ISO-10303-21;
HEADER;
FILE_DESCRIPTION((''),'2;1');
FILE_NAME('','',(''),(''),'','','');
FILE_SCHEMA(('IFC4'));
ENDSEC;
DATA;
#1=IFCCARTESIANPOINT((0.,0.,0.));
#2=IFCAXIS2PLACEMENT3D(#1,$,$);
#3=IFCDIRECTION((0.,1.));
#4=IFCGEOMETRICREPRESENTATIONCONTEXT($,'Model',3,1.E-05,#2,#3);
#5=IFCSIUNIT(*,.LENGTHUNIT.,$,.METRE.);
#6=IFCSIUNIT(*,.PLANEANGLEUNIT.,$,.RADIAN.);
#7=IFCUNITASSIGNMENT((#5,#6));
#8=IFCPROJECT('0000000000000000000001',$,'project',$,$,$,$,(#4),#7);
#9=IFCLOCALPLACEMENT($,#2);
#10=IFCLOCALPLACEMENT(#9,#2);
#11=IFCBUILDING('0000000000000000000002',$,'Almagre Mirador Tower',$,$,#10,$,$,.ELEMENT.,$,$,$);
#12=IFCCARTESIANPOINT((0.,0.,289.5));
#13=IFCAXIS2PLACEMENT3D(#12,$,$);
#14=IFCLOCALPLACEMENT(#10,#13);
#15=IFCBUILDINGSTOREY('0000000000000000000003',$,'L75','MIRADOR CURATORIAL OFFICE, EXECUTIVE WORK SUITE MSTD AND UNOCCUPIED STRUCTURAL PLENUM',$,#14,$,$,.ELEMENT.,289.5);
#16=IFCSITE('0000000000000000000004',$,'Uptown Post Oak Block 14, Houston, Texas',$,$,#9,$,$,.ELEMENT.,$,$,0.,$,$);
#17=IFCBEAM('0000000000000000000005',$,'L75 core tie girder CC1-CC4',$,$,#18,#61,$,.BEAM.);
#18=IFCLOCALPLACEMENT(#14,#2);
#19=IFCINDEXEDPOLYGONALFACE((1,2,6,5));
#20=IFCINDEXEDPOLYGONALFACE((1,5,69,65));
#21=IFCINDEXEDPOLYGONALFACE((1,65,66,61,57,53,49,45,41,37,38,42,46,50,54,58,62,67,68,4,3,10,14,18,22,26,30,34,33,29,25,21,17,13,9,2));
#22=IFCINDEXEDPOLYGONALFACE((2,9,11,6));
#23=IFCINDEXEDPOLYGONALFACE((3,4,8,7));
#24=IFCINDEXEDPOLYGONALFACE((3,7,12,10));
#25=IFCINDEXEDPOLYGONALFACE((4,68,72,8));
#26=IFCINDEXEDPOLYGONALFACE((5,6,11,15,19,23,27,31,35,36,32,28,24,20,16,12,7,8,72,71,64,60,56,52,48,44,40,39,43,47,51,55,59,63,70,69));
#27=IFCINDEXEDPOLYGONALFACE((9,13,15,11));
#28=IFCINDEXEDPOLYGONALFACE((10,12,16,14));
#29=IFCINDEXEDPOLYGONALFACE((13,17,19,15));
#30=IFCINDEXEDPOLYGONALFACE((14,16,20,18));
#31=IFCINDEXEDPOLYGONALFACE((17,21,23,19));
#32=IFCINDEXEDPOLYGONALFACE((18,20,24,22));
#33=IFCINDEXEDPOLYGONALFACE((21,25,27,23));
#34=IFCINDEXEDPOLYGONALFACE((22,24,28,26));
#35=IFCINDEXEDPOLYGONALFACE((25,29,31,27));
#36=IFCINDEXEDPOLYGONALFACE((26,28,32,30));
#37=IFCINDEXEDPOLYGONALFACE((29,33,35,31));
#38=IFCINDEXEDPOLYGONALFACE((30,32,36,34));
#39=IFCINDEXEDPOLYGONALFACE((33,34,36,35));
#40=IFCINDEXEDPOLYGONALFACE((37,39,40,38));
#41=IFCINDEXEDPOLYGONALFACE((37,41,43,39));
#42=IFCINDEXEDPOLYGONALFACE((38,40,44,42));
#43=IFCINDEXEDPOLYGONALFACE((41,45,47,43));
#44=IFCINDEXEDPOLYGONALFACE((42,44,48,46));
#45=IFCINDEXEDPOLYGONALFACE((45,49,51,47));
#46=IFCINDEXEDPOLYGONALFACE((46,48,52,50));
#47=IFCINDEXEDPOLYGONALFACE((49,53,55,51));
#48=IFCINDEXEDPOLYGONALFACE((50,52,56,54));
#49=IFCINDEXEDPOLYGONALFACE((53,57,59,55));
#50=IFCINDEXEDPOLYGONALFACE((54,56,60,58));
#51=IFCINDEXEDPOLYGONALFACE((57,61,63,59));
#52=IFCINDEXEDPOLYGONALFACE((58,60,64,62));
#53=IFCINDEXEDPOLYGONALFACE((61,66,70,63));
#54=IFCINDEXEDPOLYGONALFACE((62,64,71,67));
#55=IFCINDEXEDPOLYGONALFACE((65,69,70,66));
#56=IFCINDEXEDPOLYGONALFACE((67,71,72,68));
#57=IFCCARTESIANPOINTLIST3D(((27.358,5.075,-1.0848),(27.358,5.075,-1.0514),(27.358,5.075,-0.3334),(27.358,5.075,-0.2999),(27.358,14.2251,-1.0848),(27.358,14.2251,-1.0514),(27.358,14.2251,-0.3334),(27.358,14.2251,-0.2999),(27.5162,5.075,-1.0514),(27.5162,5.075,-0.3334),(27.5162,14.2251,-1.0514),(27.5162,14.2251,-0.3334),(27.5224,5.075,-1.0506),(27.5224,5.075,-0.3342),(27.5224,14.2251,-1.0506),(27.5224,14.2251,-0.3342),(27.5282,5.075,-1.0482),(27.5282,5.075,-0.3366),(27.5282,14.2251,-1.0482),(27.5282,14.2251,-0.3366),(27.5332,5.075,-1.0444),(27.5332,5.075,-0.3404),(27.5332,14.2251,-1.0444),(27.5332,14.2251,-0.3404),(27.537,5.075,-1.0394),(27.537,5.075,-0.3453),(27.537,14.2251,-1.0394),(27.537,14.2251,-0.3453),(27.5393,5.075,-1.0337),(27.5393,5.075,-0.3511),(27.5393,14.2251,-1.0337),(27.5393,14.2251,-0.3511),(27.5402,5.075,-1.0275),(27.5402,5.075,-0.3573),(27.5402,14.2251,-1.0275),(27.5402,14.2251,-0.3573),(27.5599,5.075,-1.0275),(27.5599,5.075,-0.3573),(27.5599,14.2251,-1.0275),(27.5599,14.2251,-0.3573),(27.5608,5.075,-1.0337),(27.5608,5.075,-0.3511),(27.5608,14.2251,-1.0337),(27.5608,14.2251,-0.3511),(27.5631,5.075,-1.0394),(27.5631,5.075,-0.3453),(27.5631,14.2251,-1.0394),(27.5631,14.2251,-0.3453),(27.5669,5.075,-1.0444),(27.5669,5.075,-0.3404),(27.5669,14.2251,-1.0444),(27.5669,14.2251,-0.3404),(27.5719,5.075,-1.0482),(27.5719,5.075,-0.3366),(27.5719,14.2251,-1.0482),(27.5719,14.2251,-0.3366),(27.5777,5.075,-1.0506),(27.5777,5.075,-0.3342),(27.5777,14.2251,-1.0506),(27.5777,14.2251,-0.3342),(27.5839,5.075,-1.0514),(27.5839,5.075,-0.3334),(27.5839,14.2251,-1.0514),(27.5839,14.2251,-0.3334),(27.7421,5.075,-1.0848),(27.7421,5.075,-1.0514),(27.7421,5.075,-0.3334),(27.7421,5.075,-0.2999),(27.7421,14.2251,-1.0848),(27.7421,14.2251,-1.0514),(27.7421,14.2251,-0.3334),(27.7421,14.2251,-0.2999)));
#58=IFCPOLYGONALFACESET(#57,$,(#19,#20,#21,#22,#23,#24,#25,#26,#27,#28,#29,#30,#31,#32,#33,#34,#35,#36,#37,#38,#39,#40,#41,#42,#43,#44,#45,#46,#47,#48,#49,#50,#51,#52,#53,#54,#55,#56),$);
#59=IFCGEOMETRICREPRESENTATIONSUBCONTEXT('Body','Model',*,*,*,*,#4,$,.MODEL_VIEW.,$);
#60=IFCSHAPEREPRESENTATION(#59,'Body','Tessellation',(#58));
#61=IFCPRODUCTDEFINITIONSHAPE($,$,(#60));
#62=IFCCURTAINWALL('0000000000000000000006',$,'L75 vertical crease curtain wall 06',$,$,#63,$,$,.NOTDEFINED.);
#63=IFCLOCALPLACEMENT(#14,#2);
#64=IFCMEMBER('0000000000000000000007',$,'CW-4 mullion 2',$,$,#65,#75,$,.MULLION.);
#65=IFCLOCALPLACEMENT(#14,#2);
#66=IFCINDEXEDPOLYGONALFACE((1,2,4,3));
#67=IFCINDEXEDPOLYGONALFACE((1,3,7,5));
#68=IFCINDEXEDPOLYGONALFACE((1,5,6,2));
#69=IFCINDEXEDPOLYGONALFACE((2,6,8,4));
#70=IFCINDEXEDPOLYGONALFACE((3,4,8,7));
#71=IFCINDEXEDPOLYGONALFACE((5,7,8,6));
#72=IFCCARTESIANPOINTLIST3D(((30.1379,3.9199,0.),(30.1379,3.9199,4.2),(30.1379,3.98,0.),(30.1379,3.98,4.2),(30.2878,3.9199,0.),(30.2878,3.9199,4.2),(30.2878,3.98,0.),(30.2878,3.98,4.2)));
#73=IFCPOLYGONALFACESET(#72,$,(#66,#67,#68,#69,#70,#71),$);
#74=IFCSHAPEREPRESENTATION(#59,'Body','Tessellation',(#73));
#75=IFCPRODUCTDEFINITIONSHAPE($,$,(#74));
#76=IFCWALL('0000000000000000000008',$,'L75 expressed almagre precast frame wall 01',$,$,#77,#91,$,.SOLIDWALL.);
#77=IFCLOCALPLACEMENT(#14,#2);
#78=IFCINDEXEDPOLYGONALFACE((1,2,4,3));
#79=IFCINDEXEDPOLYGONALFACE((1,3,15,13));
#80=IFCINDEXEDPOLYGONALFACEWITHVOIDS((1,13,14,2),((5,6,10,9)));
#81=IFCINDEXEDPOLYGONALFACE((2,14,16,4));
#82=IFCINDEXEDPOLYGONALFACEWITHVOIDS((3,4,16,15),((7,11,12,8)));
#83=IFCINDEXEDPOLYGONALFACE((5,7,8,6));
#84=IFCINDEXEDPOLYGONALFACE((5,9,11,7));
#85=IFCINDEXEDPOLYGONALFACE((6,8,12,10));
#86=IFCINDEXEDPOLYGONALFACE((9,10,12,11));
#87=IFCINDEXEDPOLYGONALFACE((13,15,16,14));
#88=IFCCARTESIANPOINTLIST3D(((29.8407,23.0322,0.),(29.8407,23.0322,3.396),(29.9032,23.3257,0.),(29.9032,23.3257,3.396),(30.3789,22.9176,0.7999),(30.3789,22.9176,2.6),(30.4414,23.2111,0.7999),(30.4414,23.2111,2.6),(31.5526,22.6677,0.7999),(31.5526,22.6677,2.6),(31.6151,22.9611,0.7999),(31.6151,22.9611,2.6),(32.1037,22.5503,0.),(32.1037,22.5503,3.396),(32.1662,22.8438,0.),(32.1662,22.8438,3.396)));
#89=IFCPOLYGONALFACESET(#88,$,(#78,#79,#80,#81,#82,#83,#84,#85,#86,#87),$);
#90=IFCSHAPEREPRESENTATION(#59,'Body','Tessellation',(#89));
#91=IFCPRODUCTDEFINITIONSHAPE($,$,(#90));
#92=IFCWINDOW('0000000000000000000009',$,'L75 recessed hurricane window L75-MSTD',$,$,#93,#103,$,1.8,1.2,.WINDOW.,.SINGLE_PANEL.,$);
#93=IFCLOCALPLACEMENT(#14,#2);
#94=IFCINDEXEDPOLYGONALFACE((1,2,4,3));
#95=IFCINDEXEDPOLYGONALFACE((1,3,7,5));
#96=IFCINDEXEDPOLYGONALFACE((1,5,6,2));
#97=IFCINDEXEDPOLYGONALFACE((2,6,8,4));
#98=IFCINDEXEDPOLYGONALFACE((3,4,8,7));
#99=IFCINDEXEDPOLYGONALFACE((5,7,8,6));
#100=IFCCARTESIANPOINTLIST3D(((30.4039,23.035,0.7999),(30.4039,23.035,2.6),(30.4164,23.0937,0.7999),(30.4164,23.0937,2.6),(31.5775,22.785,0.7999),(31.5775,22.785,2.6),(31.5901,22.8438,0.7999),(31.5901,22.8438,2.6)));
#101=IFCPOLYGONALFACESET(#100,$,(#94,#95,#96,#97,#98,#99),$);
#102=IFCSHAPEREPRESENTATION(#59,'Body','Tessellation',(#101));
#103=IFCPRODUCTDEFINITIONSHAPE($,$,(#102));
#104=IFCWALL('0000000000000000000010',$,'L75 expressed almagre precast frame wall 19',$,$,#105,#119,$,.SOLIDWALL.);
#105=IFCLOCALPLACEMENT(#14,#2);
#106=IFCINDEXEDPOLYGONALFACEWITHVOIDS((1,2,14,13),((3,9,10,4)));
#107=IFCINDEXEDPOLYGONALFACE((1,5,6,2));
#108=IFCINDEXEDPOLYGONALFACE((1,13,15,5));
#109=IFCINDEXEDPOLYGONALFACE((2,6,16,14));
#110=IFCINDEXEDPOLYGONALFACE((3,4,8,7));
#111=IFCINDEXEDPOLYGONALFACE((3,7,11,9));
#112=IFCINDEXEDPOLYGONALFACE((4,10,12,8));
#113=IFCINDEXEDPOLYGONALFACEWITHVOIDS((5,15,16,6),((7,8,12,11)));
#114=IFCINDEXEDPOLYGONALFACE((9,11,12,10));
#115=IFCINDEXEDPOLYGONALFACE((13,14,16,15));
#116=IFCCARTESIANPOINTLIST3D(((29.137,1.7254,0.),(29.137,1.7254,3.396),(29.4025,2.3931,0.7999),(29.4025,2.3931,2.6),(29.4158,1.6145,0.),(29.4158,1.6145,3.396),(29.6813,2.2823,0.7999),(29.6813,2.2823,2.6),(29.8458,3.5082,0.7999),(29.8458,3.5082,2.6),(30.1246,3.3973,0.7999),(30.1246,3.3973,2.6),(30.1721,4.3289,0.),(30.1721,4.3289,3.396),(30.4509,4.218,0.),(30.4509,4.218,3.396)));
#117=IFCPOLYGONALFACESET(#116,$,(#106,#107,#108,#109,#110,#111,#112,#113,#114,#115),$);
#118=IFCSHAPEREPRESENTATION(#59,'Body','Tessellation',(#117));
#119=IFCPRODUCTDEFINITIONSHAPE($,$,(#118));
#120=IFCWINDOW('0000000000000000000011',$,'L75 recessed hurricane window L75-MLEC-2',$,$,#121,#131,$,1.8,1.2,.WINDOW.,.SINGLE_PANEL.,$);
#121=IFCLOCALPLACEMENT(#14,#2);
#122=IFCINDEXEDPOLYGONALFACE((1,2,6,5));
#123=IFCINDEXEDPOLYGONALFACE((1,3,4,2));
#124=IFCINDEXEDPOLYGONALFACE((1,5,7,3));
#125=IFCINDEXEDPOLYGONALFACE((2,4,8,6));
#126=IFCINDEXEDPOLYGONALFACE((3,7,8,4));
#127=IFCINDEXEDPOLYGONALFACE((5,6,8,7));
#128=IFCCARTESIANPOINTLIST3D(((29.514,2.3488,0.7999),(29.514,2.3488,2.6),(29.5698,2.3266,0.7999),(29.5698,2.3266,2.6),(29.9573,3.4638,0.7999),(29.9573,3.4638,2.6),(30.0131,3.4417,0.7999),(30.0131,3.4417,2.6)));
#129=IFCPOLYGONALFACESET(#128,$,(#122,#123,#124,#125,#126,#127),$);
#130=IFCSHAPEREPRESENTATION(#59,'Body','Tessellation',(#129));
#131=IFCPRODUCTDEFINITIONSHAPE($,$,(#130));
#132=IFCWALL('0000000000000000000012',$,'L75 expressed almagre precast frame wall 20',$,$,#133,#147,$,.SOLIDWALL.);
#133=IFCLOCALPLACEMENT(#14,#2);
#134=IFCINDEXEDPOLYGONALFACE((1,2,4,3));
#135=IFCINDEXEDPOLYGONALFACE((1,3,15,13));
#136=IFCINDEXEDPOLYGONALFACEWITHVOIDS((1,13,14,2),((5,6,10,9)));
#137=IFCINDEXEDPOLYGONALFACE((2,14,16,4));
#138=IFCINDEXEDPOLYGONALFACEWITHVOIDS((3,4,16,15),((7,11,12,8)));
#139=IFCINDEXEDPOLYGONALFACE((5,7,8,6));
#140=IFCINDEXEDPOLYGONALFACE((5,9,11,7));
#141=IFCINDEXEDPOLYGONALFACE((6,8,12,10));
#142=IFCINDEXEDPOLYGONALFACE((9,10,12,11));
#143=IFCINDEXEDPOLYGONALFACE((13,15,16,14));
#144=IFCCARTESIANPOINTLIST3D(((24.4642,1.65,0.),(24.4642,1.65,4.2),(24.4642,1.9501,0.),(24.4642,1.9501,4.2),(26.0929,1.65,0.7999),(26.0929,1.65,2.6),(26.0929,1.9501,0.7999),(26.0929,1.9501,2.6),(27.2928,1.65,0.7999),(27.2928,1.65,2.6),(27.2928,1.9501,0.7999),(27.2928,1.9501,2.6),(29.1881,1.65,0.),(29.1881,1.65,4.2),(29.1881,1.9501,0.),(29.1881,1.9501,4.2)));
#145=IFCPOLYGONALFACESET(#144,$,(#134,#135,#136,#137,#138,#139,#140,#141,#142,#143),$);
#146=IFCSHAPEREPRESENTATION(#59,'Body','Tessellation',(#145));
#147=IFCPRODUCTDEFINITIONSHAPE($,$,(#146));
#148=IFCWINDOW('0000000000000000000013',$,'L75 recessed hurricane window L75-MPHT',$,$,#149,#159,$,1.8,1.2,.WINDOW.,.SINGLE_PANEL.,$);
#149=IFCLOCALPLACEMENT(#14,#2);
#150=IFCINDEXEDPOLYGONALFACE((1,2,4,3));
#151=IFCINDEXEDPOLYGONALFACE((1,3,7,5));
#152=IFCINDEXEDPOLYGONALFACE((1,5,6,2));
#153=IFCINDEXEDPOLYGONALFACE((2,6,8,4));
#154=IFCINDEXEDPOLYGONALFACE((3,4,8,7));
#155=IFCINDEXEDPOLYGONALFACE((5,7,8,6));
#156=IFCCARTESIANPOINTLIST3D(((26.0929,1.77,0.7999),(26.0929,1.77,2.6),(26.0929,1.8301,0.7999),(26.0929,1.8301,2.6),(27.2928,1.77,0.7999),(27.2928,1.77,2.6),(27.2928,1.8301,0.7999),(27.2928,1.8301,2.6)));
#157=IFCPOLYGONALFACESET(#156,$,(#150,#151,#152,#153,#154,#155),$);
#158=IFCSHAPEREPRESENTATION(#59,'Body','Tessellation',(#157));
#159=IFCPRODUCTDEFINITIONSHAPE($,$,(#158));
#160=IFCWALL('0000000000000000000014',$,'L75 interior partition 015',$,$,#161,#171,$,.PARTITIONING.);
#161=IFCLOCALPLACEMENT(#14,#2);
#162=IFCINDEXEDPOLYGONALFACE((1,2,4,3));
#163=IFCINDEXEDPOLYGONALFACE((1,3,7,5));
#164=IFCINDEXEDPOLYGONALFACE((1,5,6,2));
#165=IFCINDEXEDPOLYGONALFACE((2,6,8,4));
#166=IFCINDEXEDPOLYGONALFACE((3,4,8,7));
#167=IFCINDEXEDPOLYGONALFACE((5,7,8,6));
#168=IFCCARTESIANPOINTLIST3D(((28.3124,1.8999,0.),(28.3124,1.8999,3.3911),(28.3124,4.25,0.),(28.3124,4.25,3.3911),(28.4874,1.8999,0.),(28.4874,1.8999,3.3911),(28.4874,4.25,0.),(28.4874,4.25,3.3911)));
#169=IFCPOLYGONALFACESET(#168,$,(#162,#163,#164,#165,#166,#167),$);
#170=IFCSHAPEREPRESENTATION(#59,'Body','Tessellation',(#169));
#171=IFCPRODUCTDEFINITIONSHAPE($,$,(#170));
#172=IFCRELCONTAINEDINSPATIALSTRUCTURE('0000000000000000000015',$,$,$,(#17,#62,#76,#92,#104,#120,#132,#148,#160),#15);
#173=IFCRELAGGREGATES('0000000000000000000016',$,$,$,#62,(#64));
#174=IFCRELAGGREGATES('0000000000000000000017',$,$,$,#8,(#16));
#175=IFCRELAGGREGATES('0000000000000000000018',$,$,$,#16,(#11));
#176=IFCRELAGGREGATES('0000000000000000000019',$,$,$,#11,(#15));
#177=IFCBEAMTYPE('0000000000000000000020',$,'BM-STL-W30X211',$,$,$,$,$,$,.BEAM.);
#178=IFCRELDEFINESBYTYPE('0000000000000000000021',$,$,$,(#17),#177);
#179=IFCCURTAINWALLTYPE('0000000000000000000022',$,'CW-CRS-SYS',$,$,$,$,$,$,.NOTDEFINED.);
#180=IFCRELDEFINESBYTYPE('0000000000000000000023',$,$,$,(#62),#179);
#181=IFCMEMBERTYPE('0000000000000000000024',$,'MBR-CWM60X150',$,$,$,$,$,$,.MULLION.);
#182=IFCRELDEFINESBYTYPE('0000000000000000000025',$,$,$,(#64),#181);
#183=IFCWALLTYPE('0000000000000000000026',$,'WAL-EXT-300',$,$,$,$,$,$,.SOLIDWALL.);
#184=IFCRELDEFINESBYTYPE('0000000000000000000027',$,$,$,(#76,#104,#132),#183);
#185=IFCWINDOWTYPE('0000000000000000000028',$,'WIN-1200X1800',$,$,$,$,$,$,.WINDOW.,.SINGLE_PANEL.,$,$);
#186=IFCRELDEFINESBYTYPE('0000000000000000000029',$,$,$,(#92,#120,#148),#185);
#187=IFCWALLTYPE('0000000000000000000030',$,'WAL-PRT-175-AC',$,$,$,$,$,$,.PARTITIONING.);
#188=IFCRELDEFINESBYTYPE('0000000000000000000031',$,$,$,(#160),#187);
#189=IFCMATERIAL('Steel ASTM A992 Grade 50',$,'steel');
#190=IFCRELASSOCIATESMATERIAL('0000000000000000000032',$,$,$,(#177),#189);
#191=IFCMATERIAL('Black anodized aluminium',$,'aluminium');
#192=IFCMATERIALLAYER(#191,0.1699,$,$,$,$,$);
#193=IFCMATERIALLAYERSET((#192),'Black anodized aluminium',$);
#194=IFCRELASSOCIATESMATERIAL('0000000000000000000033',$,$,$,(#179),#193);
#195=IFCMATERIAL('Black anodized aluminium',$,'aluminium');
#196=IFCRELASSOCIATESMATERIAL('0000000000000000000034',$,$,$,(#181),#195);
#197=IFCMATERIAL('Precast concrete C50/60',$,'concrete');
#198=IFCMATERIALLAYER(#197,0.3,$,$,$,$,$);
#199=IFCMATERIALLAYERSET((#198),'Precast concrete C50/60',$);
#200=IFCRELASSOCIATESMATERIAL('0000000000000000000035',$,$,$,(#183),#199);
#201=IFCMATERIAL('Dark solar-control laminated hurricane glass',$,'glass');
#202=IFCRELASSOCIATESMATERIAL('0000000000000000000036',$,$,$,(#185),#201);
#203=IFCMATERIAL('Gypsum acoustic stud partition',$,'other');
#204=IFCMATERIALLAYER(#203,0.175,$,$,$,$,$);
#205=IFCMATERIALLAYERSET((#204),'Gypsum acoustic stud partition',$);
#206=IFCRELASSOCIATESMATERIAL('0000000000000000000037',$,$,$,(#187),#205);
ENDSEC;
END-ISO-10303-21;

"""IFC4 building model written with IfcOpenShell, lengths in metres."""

from ifc_helpers import new_model, si_unit, direction, frame, frame_2d, origin, origin_2d, place, context, subcontext, project, spatial, rectangle, i_section, extrude, material, layer, layer_set, material_profile, profile_set, type_object, element, fill, aggregate, save


model = new_model("IFC4")

# Units and contexts
model_context = context("Model", 3, precision=1e-05, world=origin(), true_north=direction((0.0, 1.0)))
body_context = subcontext(model_context, "Body", "Model", "MODEL_VIEW")
ifc_project = project(units=[si_unit("LENGTHUNIT", "METRE"), si_unit("PLANEANGLEUNIT", "RADIAN")], contexts=[model_context])

# Site, building, storey
site_placement = place(None, origin())
site = spatial("IfcSite", under=ifc_project, at=site_placement, Name="Uptown Post Oak Block 14, Houston, Texas", CompositionType="ELEMENT", RefElevation=0.0)
building_placement = place(site_placement, origin())
building = spatial("IfcBuilding", under=site, at=building_placement, Name="Almagre Mirador Tower", CompositionType="ELEMENT")
storey_placement = place(building_placement, frame((0.0, 0.0, 289.5)))
storey = spatial("IfcBuildingStorey", under=building, at=storey_placement, Name="L75", Description="MIRADOR CURATORIAL OFFICE, EXECUTIVE WORK SUITE MSTD AND UNOCCUPIED STRUCTURAL PLENUM", CompositionType="ELEMENT", Elevation=289.5)

# Beam
ifc_material_1 = material(Name="Steel ASTM A992 Grade 50", Category="steel")
ifc_material_profile_1 = material_profile(ifc_material_1, i_section(OverallWidth=0.384, OverallDepth=0.7849, WebThickness=0.0198, FlangeThickness=0.0334, FilletRadius=0.0239, at=origin_2d()), Name="W30X211")
ifc_profile_set_1 = profile_set([ifc_material_profile_1], Name="Steel ASTM A992 Grade 50")
beam_type_1 = type_object("IfcBeamType", Name="BM-STL-W30X211", PredefinedType="BEAM", material=ifc_profile_set_1)
beam_1_placement = place(storey_placement, frame((27.55, 5.075, -0.6924), z_axis=(0.0, 1.0, 0.0), x_axis=(-1.0, 0.0, 0.0)))
element("IfcBeam", 1, at=beam_1_placement, inside=storey, type_object=beam_type_1, Name="L75 core tie girder CC1-CC4", PredefinedType="BEAM", context=body_context, shape_type="SweptSolid", body=[
    extrude(i_section(OverallWidth=0.384, OverallDepth=0.7849, WebThickness=0.0198, FlangeThickness=0.0334, FilletRadius=0.0239, at=origin_2d()), origin(), (0.0, 0.0, 1.0), 9.1501),
])

# Curtain wall, member
ifc_material_2 = material(Name="Black anodized aluminium", Category="aluminium")
ifc_layer_1 = layer(ifc_material_2, 0.1699)
ifc_layer_set_1 = layer_set([ifc_layer_1], Name="Black anodized aluminium")
curtain_wall_type = type_object("IfcCurtainWallType", Name="CW-CRS-SYS", PredefinedType="NOTDEFINED", material=ifc_layer_set_1)
curtain_wall_placement = place(storey_placement, origin())
curtain_wall = element("IfcCurtainWall", 2, at=curtain_wall_placement, inside=storey, type_object=curtain_wall_type, Name="L75 vertical crease curtain wall 06", PredefinedType="NOTDEFINED")
ifc_material_3 = material(Name="Black anodized aluminium", Category="aluminium")
ifc_material_profile_2 = material_profile(ifc_material_3, rectangle(XDim=0.0601, YDim=0.1499, at=origin_2d()), Name="CWM60X150")
ifc_profile_set_2 = profile_set([ifc_material_profile_2], Name="Black anodized aluminium")
member_type = type_object("IfcMemberType", Name="MBR-CWM60X150", PredefinedType="MULLION", material=ifc_profile_set_2)
member_placement = place(storey_placement, frame((30.2129, 3.95, 0.0), z_axis=(0.0, 0.0, 1.0), x_axis=(0.0, -1.0, 0.0)))
member = element("IfcMember", 3, at=member_placement, type_object=member_type, Name="CW-4 mullion 2", PredefinedType="MULLION", context=body_context, shape_type="SweptSolid", body=[
    extrude(rectangle(XDim=0.0601, YDim=0.1499, at=origin_2d()), origin(), (0.0, 0.0, 1.0), 4.2),
])
aggregate(curtain_wall, [member])

# Walls, openings, windows
ifc_material_4 = material(Name="Precast concrete C50/60", Category="concrete")
ifc_layer_2 = layer(ifc_material_4, 0.3)
ifc_layer_set_2 = layer_set([ifc_layer_2], Name="Precast concrete C50/60")
wall_type_1 = type_object("IfcWallType", Name="WAL-EXT-300", PredefinedType="SOLIDWALL", material=ifc_layer_set_2)
wall_1_placement = place(storey_placement, frame((29.8721, 23.179, 0.0), z_axis=(0.0, 0.0, 1.0), x_axis=(0.978066, -0.208297, 0.0)))
wall_1 = element("IfcWall", 4, at=wall_1_placement, inside=storey, type_object=wall_type_1, Name="L75 expressed almagre precast frame wall 01", PredefinedType="SOLIDWALL", context=body_context, shape_type="SweptSolid", body=[
    extrude(rectangle(XDim=2.3137, YDim=0.3, at=frame_2d((1.1567, 0.0))), origin(), (0.0, 0.0, 1.0), 3.396),
])
opening_1_placement = place(wall_1_placement, frame((0.55, 0.0, 0.8)))
opening_1 = element("IfcOpeningElement", 5, at=opening_1_placement, cuts=wall_1, PredefinedType="OPENING", context=body_context, shape_type="SweptSolid", body=[
    extrude(rectangle(XDim=1.2, YDim=1.8, at=frame_2d((0.6001, 0.8999))), frame((0.0, 0.1599, 0.0), z_axis=(0.0, -1.0, 0.0), x_axis=(1.0, 0.0, 0.0)), (0.0, 0.0, 1.0), 0.32),
])
ifc_material_5 = material(Name="Dark solar-control laminated hurricane glass", Category="glass")
window_type = type_object("IfcWindowType", Name="WIN-1200X1800", PartitioningType="SINGLE_PANEL", PredefinedType="WINDOW", material=ifc_material_5)
window_1_placement = place(opening_1_placement, origin())
window_1 = element("IfcWindow", 6, at=window_1_placement, inside=storey, type_object=window_type, Name="L75 recessed hurricane window L75-MSTD", OverallHeight=1.8, OverallWidth=1.2, PartitioningType="SINGLE_PANEL", PredefinedType="WINDOW", context=body_context, shape_type="SweptSolid", body=[
    extrude(rectangle(XDim=1.2, YDim=1.8, at=frame_2d((0.6001, 0.8999))), frame((0.0, 0.03, 0.0), z_axis=(0.0, -1.0, 0.0), x_axis=(1.0, 0.0, 0.0)), (0.0, 0.0, 1.0), 0.0601),
])
fill(opening_1, window_1)
wall_2_placement = place(storey_placement, frame((30.3115, 4.2734, 0.0), z_axis=(0.0, 0.0, 1.0), x_axis=(-0.369467, -0.929244, 0.0)))
wall_2 = element("IfcWall", 7, at=wall_2_placement, inside=storey, type_object=wall_type_1, Name="L75 expressed almagre precast frame wall 19", PredefinedType="SOLIDWALL", context=body_context, shape_type="SweptSolid", body=[
    extrude(rectangle(XDim=2.8018, YDim=0.3, at=frame_2d((1.4009, 0.0))), origin(), (0.0, 0.0, 1.0), 3.396),
])
opening_2_placement = place(wall_2_placement, frame((0.8831, 0.0, 0.8)))
opening_2 = element("IfcOpeningElement", 8, at=opening_2_placement, cuts=wall_2, PredefinedType="OPENING", context=body_context, shape_type="SweptSolid", body=[
    extrude(rectangle(XDim=1.2, YDim=1.8, at=frame_2d((0.6001, 0.8999))), frame((0.0, 0.1599, 0.0), z_axis=(0.0, -1.0, 0.0), x_axis=(1.0, 0.0, 0.0)), (0.0, 0.0, 1.0), 0.32),
])
window_2_placement = place(opening_2_placement, origin())
window_2 = element("IfcWindow", 9, at=window_2_placement, inside=storey, type_object=window_type, Name="L75 recessed hurricane window L75-MLEC-2", OverallHeight=1.8, OverallWidth=1.2, PartitioningType="SINGLE_PANEL", PredefinedType="WINDOW", context=body_context, shape_type="SweptSolid", body=[
    extrude(rectangle(XDim=1.2, YDim=1.8, at=frame_2d((0.6001, 0.8999))), frame((0.0, 0.03, 0.0), z_axis=(0.0, -1.0, 0.0), x_axis=(1.0, 0.0, 0.0)), (0.0, 0.0, 1.0), 0.0601),
])
fill(opening_2, window_2)
wall_3_placement = place(storey_placement, frame((29.188, 1.8, 0.0), z_axis=(0.0, 0.0, 1.0), x_axis=(-1.0, 0.0, 0.0)))
wall_3 = element("IfcWall", 10, at=wall_3_placement, inside=storey, type_object=wall_type_1, Name="L75 expressed almagre precast frame wall 20", PredefinedType="SOLIDWALL", context=body_context, shape_type="SweptSolid", body=[
    extrude(rectangle(XDim=4.7239, YDim=0.3, at=frame_2d((2.3618, 0.0))), origin(), (0.0, 0.0, 1.0), 4.2),
])
opening_3_placement = place(wall_3_placement, frame((1.895, 0.0, 0.8)))
opening_3 = element("IfcOpeningElement", 11, at=opening_3_placement, cuts=wall_3, PredefinedType="OPENING", context=body_context, shape_type="SweptSolid", body=[
    extrude(rectangle(XDim=1.2, YDim=1.8, at=frame_2d((0.6001, 0.8999))), frame((0.0, 0.1599, 0.0), z_axis=(0.0, -1.0, 0.0), x_axis=(1.0, 0.0, 0.0)), (0.0, 0.0, 1.0), 0.32),
])
window_3_placement = place(opening_3_placement, origin())
window_3 = element("IfcWindow", 12, at=window_3_placement, inside=storey, type_object=window_type, Name="L75 recessed hurricane window L75-MPHT", OverallHeight=1.8, OverallWidth=1.2, PartitioningType="SINGLE_PANEL", PredefinedType="WINDOW", context=body_context, shape_type="SweptSolid", body=[
    extrude(rectangle(XDim=1.2, YDim=1.8, at=frame_2d((0.6001, 0.8999))), frame((0.0, 0.03, 0.0), z_axis=(0.0, -1.0, 0.0), x_axis=(1.0, 0.0, 0.0)), (0.0, 0.0, 1.0), 0.0601),
])
fill(opening_3, window_3)

# Wall
ifc_material_6 = material(Name="Gypsum acoustic stud partition", Category="other")
ifc_layer_3 = layer(ifc_material_6, 0.175)
ifc_layer_set_3 = layer_set([ifc_layer_3], Name="Gypsum acoustic stud partition")
wall_type_2 = type_object("IfcWallType", Name="WAL-PRT-175-AC", PredefinedType="PARTITIONING", material=ifc_layer_set_3)
wall_4_placement = place(storey_placement, frame((28.3999, 4.25, 0.0), z_axis=(0.0, 0.0, 1.0), x_axis=(0.0, -1.0, 0.0)))
element("IfcWall", 13, at=wall_4_placement, inside=storey, type_object=wall_type_2, Name="L75 interior partition 015", PredefinedType="PARTITIONING", context=body_context, shape_type="SweptSolid", body=[
    extrude(rectangle(XDim=2.3501, YDim=0.175, at=frame_2d((1.175, 0.0))), origin(), (0.0, 0.0, 1.0), 3.3911),
])

save(model, "model.ifc")
